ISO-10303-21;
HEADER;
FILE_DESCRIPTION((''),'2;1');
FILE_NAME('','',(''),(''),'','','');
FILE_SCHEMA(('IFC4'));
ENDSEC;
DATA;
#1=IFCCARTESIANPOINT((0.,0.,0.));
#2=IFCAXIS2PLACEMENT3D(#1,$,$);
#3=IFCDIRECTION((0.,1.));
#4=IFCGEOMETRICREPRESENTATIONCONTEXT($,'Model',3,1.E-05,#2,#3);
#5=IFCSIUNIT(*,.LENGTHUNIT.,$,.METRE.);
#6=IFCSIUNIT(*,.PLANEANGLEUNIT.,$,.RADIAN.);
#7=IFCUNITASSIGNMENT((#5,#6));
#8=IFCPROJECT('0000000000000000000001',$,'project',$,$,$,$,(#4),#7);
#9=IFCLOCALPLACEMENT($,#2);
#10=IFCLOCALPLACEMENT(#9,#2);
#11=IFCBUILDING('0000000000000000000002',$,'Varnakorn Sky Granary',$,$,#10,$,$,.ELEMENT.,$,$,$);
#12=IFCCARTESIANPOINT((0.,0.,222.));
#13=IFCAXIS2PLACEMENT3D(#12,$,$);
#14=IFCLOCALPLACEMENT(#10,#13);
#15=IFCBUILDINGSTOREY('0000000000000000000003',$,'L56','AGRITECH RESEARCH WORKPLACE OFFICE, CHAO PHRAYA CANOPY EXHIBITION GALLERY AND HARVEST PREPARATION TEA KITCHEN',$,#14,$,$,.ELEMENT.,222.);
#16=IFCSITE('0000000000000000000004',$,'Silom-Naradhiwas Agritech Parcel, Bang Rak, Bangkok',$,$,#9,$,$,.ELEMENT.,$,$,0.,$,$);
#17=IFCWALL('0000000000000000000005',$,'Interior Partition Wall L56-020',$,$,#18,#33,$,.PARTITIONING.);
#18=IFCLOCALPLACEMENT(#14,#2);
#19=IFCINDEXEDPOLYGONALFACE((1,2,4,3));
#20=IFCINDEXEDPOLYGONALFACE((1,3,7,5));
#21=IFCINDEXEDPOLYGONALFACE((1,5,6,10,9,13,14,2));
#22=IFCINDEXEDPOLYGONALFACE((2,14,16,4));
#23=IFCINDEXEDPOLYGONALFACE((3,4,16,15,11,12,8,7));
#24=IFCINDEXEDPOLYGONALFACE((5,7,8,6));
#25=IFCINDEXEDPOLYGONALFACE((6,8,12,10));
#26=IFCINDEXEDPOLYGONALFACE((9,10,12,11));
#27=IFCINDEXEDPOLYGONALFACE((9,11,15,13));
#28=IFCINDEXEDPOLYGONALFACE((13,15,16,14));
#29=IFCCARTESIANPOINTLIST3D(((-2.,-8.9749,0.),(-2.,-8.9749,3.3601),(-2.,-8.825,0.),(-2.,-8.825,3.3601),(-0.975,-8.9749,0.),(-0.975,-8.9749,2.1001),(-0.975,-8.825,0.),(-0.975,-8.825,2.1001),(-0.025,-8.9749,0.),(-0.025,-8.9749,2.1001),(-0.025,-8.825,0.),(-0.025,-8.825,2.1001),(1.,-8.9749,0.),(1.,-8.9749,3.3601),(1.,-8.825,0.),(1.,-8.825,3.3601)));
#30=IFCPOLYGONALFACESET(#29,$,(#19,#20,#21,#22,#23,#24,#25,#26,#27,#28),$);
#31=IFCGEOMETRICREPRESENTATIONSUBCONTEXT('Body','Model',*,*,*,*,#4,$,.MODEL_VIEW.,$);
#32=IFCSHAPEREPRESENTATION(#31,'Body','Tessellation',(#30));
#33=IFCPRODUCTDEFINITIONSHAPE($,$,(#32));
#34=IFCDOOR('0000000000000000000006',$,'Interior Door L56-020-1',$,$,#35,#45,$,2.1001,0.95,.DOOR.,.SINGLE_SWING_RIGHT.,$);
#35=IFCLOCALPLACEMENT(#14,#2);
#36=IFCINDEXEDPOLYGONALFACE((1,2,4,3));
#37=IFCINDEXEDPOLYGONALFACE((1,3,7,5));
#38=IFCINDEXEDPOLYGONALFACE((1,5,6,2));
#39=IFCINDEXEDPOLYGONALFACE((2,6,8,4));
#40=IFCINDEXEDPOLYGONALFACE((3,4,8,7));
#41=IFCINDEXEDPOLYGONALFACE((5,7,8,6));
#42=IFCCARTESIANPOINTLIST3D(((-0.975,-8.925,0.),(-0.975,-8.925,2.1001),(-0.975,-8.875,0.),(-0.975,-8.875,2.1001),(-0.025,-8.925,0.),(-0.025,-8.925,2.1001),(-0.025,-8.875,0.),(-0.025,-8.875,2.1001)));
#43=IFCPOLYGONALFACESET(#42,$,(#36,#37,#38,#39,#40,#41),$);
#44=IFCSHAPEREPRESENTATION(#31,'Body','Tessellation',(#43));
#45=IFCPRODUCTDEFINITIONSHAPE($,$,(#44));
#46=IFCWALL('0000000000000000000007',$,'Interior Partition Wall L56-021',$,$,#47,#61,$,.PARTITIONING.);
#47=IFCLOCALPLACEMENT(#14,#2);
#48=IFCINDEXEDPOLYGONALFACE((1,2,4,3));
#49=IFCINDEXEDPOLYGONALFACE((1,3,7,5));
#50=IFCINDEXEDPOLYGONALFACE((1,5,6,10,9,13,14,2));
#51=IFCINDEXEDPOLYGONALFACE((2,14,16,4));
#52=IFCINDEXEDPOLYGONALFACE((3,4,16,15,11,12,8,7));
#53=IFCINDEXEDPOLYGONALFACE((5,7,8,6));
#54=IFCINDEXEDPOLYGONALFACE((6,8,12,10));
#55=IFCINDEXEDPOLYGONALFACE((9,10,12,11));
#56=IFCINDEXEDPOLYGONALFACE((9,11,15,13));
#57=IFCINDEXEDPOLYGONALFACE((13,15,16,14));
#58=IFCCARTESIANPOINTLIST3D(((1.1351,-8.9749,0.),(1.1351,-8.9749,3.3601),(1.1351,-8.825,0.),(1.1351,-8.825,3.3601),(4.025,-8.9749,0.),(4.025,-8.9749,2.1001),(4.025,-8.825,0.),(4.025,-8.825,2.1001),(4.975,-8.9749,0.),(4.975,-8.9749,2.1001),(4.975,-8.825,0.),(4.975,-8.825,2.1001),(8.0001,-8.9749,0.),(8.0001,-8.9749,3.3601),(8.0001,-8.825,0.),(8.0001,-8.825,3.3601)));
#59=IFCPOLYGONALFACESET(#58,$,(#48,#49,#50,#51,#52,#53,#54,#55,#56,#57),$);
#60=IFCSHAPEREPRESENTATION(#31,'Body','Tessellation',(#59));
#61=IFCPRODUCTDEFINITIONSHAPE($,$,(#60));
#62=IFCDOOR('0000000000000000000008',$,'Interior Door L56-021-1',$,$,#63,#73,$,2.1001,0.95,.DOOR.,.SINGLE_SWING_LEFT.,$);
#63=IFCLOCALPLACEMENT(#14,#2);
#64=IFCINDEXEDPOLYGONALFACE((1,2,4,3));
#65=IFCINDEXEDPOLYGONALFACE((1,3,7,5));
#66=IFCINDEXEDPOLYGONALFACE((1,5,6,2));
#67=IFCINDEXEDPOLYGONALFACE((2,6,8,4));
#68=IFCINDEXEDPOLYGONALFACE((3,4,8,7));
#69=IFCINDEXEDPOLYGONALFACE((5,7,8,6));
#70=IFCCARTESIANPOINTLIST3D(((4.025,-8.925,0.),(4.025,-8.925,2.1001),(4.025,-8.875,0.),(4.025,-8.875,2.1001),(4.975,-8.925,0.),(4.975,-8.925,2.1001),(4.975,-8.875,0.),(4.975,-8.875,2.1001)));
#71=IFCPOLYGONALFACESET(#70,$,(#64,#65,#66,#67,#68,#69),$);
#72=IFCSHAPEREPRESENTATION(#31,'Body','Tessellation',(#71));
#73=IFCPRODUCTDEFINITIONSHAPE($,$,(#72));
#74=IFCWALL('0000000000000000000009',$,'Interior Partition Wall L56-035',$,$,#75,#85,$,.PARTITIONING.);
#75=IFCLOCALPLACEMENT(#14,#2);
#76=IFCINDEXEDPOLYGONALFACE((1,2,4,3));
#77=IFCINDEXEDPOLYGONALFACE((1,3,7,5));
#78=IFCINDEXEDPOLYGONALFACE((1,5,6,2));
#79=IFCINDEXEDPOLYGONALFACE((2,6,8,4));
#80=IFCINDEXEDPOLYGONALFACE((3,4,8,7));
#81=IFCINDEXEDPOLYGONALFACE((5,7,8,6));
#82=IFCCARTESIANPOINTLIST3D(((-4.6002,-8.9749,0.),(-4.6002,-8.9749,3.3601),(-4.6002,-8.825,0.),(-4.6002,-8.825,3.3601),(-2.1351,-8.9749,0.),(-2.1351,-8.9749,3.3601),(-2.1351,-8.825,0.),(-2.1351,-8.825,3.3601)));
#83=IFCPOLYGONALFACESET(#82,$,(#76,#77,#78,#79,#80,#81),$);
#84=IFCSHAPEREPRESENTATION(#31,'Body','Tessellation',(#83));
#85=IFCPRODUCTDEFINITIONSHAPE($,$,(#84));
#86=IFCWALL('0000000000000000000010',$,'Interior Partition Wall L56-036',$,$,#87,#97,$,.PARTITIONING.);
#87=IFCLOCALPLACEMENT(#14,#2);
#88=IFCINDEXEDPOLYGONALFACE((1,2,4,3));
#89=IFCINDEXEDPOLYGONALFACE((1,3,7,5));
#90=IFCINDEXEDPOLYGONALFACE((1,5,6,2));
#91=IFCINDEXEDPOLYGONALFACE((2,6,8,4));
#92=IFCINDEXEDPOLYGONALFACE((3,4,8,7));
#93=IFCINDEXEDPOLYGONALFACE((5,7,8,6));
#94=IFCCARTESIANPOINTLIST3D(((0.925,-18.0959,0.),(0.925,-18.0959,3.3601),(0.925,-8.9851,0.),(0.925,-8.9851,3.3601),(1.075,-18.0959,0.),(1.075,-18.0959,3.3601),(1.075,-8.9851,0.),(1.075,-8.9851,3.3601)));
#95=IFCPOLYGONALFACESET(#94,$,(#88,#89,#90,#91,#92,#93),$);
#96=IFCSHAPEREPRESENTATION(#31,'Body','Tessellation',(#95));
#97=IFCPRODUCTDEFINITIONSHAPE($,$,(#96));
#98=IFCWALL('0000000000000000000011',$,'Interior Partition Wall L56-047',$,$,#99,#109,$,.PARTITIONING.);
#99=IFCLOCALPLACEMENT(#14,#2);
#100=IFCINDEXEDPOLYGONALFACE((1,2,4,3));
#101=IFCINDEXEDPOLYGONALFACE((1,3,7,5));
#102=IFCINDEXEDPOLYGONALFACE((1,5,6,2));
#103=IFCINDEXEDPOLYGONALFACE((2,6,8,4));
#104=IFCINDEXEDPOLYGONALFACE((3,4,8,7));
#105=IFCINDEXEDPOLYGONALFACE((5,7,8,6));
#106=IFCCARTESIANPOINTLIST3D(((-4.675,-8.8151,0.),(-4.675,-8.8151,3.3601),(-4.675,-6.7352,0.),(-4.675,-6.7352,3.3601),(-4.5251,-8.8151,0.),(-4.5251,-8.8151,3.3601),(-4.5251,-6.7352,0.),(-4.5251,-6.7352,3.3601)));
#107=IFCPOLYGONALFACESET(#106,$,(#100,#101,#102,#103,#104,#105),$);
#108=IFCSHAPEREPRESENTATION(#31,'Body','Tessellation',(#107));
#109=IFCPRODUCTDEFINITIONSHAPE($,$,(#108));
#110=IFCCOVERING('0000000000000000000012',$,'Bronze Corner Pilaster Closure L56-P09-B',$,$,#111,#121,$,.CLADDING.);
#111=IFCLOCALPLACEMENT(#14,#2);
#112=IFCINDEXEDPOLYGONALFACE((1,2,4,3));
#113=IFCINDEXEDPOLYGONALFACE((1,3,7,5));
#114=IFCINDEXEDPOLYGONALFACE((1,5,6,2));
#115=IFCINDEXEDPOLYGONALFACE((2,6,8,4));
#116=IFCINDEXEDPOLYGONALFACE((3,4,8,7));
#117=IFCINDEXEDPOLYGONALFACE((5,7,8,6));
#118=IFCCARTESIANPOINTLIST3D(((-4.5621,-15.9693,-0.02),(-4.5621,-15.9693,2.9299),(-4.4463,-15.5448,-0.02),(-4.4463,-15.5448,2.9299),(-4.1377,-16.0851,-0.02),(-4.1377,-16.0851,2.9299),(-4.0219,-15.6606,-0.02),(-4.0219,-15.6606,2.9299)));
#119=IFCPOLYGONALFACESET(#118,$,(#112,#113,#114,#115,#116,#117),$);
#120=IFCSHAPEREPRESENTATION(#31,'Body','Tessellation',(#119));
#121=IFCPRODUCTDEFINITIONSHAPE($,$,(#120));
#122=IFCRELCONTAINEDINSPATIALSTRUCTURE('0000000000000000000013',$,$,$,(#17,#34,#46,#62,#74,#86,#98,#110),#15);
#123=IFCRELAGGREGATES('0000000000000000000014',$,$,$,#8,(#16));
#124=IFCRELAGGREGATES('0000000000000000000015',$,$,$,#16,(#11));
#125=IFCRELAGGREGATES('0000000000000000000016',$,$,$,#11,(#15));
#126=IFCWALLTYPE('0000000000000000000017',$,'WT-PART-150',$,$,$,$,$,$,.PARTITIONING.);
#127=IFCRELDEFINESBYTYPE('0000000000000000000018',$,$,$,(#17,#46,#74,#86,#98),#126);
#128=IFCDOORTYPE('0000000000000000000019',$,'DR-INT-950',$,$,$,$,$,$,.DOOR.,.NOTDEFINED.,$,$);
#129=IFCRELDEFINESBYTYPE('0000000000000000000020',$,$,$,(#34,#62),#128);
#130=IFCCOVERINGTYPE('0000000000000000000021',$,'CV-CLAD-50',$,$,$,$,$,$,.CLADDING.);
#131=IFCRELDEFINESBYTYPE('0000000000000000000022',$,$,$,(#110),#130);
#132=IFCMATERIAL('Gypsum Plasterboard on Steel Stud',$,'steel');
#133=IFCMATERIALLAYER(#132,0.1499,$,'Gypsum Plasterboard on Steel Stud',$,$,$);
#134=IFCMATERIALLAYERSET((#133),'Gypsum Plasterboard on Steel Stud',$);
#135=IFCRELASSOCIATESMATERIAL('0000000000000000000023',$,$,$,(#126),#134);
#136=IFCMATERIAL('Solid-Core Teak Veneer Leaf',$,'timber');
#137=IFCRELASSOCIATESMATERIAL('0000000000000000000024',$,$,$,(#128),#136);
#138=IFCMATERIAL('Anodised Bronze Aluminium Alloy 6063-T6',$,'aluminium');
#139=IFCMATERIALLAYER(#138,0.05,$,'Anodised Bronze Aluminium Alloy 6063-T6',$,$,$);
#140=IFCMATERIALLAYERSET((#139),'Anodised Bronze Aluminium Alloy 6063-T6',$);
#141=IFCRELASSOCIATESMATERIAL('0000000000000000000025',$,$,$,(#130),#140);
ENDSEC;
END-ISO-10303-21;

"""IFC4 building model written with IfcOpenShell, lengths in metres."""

from ifc_helpers import new_model, si_unit, direction, frame, frame_2d, origin, origin_2d, place, context, subcontext, project, spatial, rectangle, extrude, source, transform, mapped, material, layer, layer_set, type_object, type_shapes, element, fill, save


model = new_model("IFC4")

# Units and contexts
model_context = context("Model", 3, precision=1e-05, world=origin(), true_north=direction((0.0, 1.0)))
body_context = subcontext(model_context, "Body", "Model", "MODEL_VIEW")
ifc_project = project(units=[si_unit("LENGTHUNIT", "METRE"), si_unit("PLANEANGLEUNIT", "RADIAN")], contexts=[model_context])

# Site, building, storey
site_placement = place(None, origin())
site = spatial("IfcSite", under=ifc_project, at=site_placement, Name="Silom-Naradhiwas Agritech Parcel, Bang Rak, Bangkok", CompositionType="ELEMENT", RefElevation=0.0)
building_placement = place(site_placement, origin())
building = spatial("IfcBuilding", under=site, at=building_placement, Name="Varnakorn Sky Granary", CompositionType="ELEMENT")
storey_placement = place(building_placement, frame((0.0, 0.0, 222.0)))
storey = spatial("IfcBuildingStorey", under=building, at=storey_placement, Name="L56", Description="AGRITECH RESEARCH WORKPLACE OFFICE, CHAO PHRAYA CANOPY EXHIBITION GALLERY AND HARVEST PREPARATION TEA KITCHEN", CompositionType="ELEMENT", Elevation=222.0)

# Shared definitions
ifc_material_1 = material(Name="Anodised Bronze Aluminium Alloy 6063-T6", Category="aluminium")

# Walls, openings, doors
ifc_material_2 = material(Name="Gypsum Plasterboard on Steel Stud", Category="steel")
ifc_layer_1 = layer(ifc_material_2, 0.1499, Name="Gypsum Plasterboard on Steel Stud")
ifc_layer_set_1 = layer_set([ifc_layer_1], Name="Gypsum Plasterboard on Steel Stud")
wall_type = type_object("IfcWallType", Name="WT-PART-150", PredefinedType="PARTITIONING", material=ifc_layer_set_1)
wall_1_placement = place(storey_placement, frame((-2.0, -8.8999, 0.0), z_axis=(0.0, 0.0, 1.0), x_axis=(1.0, 0.0, 0.0)))
wall_1 = element("IfcWall", 1, at=wall_1_placement, inside=storey, type_object=wall_type, Name="Interior Partition Wall L56-020", PredefinedType="PARTITIONING", context=body_context, shape_type="SweptSolid", body=[
    extrude(rectangle(XDim=3.0, YDim=0.1499, at=frame_2d((1.5, 0.0))), origin(), (0.0, 0.0, 1.0), 3.3601),
])
opening_1_placement = place(wall_1_placement, frame((1.0249, 0.0, 0.0)))
opening_1 = element("IfcOpeningElement", 2, at=opening_1_placement, cuts=wall_1, PredefinedType="OPENING", context=body_context, shape_type="SweptSolid", body=[
    extrude(rectangle(XDim=0.95, YDim=2.1001, at=frame_2d((0.4751, 1.05))), frame((0.0, 0.085, 0.0), z_axis=(0.0, -1.0, 0.0), x_axis=(1.0, 0.0, 0.0)), (0.0, 0.0, 1.0), 0.1699),
])
ifc_material_3 = material(Name="Solid-Core Teak Veneer Leaf", Category="timber")
door_type = type_object("IfcDoorType", Name="DR-INT-950", OperationType="NOTDEFINED", PredefinedType="DOOR", material=ifc_material_3)
door_1_placement = place(opening_1_placement, origin())
door_1 = element("IfcDoor", 3, at=door_1_placement, inside=storey, type_object=door_type, Name="Interior Door L56-020-1", OperationType="SINGLE_SWING_RIGHT", OverallHeight=2.1001, OverallWidth=0.95, PredefinedType="DOOR", context=body_context, shape_type="SweptSolid", body=[
    extrude(rectangle(XDim=0.95, YDim=2.1001, at=frame_2d((0.4751, 1.05))), frame((0.0, 0.0249, 0.0), z_axis=(0.0, -1.0, 0.0), x_axis=(1.0, 0.0, 0.0)), (0.0, 0.0, 1.0), 0.05),
])
fill(opening_1, door_1)
wall_2_placement = place(storey_placement, frame((1.135, -8.8999, 0.0), z_axis=(0.0, 0.0, 1.0), x_axis=(1.0, 0.0, 0.0)))
wall_2 = element("IfcWall", 4, at=wall_2_placement, inside=storey, type_object=wall_type, Name="Interior Partition Wall L56-021", PredefinedType="PARTITIONING", context=body_context, shape_type="SweptSolid", body=[
    extrude(rectangle(XDim=6.865, YDim=0.1499, at=frame_2d((3.4326, 0.0))), origin(), (0.0, 0.0, 1.0), 3.3601),
])
opening_2_placement = place(wall_2_placement, frame((2.8899, 0.0, 0.0)))
opening_2 = element("IfcOpeningElement", 5, at=opening_2_placement, cuts=wall_2, PredefinedType="OPENING", context=body_context, shape_type="SweptSolid", body=[
    extrude(rectangle(XDim=0.95, YDim=2.1001, at=frame_2d((0.4751, 1.05))), frame((0.0, 0.085, 0.0), z_axis=(0.0, -1.0, 0.0), x_axis=(1.0, 0.0, 0.0)), (0.0, 0.0, 1.0), 0.1699),
])
door_2_placement = place(opening_2_placement, origin())
door_2 = element("IfcDoor", 6, at=door_2_placement, inside=storey, type_object=door_type, Name="Interior Door L56-021-1", OperationType="SINGLE_SWING_LEFT", OverallHeight=2.1001, OverallWidth=0.95, PredefinedType="DOOR", context=body_context, shape_type="SweptSolid", body=[
    extrude(rectangle(XDim=0.95, YDim=2.1001, at=frame_2d((0.4751, 1.05))), frame((0.0, 0.0249, 0.0), z_axis=(0.0, -1.0, 0.0), x_axis=(1.0, 0.0, 0.0)), (0.0, 0.0, 1.0), 0.05),
])
fill(opening_2, door_2)

# Walls
wall_3_placement = place(storey_placement, frame((-4.6001, -8.8999, 0.0), z_axis=(0.0, 0.0, 1.0), x_axis=(1.0, 0.0, 0.0)))
element("IfcWall", 7, at=wall_3_placement, inside=storey, type_object=wall_type, Name="Interior Partition Wall L56-035", PredefinedType="PARTITIONING", context=body_context, shape_type="SweptSolid", body=[
    extrude(rectangle(XDim=2.4651, YDim=0.1499, at=frame_2d((1.2324, 0.0))), origin(), (0.0, 0.0, 1.0), 3.3601),
])
wall_4_placement = place(storey_placement, frame((1.0, -8.9851, 0.0), z_axis=(0.0, 0.0, 1.0), x_axis=(0.0, -1.0, 0.0)))
element("IfcWall", 8, at=wall_4_placement, inside=storey, type_object=wall_type, Name="Interior Partition Wall L56-036", PredefinedType="PARTITIONING", context=body_context, shape_type="SweptSolid", body=[
    extrude(rectangle(XDim=9.1108, YDim=0.1499, at=frame_2d((4.5554, 0.0))), origin(), (0.0, 0.0, 1.0), 3.3601),
])
wall_5_placement = place(storey_placement, frame((-4.6001, -6.7351, 0.0), z_axis=(0.0, 0.0, 1.0), x_axis=(0.0, -1.0, 0.0)))
element("IfcWall", 9, at=wall_5_placement, inside=storey, type_object=wall_type, Name="Interior Partition Wall L56-047", PredefinedType="PARTITIONING", context=body_context, shape_type="SweptSolid", body=[
    extrude(rectangle(XDim=2.0798, YDim=0.1499, at=frame_2d((1.04, 0.0))), origin(), (0.0, 0.0, 1.0), 3.3601),
])

# Covering
ifc_layer_2 = layer(ifc_material_1, 0.05, Name="Anodised Bronze Aluminium Alloy 6063-T6")
ifc_layer_set_2 = layer_set([ifc_layer_2], Name="Anodised Bronze Aluminium Alloy 6063-T6")
covering_type = type_object("IfcCoveringType", Name="CV-CLAD-50", PredefinedType="CLADDING", material=ifc_layer_set_2)
shared_shape_1 = source(origin(), body_context, "Body", "SweptSolid", [
    extrude(rectangle(XDim=0.4399, YDim=0.4399, at=origin_2d()), origin(), (0.0, 0.0, 1.0), 2.95),
])
type_shapes(covering_type, [shared_shape_1])
covering_placement = place(storey_placement, frame((-4.292, -15.8149, -0.02), z_axis=(0.0, 0.0, 1.0), x_axis=(-0.964741, 0.2632, 0.0)))
element("IfcCovering", 10, at=covering_placement, inside=storey, type_object=covering_type, Name="Bronze Corner Pilaster Closure L56-P09-B", PredefinedType="CLADDING", context=body_context, shape_type="MappedRepresentation", body=[
    mapped(shared_shape_1, transform((0.0, 0.0, 0.0), x_axis=(1.0, 0.0, 0.0), y_axis=(0.0, 1.0, 0.0), z_axis=(0.0, 0.0, 1.0), scale=1.0)),
])

save(model, "model.ifc")
